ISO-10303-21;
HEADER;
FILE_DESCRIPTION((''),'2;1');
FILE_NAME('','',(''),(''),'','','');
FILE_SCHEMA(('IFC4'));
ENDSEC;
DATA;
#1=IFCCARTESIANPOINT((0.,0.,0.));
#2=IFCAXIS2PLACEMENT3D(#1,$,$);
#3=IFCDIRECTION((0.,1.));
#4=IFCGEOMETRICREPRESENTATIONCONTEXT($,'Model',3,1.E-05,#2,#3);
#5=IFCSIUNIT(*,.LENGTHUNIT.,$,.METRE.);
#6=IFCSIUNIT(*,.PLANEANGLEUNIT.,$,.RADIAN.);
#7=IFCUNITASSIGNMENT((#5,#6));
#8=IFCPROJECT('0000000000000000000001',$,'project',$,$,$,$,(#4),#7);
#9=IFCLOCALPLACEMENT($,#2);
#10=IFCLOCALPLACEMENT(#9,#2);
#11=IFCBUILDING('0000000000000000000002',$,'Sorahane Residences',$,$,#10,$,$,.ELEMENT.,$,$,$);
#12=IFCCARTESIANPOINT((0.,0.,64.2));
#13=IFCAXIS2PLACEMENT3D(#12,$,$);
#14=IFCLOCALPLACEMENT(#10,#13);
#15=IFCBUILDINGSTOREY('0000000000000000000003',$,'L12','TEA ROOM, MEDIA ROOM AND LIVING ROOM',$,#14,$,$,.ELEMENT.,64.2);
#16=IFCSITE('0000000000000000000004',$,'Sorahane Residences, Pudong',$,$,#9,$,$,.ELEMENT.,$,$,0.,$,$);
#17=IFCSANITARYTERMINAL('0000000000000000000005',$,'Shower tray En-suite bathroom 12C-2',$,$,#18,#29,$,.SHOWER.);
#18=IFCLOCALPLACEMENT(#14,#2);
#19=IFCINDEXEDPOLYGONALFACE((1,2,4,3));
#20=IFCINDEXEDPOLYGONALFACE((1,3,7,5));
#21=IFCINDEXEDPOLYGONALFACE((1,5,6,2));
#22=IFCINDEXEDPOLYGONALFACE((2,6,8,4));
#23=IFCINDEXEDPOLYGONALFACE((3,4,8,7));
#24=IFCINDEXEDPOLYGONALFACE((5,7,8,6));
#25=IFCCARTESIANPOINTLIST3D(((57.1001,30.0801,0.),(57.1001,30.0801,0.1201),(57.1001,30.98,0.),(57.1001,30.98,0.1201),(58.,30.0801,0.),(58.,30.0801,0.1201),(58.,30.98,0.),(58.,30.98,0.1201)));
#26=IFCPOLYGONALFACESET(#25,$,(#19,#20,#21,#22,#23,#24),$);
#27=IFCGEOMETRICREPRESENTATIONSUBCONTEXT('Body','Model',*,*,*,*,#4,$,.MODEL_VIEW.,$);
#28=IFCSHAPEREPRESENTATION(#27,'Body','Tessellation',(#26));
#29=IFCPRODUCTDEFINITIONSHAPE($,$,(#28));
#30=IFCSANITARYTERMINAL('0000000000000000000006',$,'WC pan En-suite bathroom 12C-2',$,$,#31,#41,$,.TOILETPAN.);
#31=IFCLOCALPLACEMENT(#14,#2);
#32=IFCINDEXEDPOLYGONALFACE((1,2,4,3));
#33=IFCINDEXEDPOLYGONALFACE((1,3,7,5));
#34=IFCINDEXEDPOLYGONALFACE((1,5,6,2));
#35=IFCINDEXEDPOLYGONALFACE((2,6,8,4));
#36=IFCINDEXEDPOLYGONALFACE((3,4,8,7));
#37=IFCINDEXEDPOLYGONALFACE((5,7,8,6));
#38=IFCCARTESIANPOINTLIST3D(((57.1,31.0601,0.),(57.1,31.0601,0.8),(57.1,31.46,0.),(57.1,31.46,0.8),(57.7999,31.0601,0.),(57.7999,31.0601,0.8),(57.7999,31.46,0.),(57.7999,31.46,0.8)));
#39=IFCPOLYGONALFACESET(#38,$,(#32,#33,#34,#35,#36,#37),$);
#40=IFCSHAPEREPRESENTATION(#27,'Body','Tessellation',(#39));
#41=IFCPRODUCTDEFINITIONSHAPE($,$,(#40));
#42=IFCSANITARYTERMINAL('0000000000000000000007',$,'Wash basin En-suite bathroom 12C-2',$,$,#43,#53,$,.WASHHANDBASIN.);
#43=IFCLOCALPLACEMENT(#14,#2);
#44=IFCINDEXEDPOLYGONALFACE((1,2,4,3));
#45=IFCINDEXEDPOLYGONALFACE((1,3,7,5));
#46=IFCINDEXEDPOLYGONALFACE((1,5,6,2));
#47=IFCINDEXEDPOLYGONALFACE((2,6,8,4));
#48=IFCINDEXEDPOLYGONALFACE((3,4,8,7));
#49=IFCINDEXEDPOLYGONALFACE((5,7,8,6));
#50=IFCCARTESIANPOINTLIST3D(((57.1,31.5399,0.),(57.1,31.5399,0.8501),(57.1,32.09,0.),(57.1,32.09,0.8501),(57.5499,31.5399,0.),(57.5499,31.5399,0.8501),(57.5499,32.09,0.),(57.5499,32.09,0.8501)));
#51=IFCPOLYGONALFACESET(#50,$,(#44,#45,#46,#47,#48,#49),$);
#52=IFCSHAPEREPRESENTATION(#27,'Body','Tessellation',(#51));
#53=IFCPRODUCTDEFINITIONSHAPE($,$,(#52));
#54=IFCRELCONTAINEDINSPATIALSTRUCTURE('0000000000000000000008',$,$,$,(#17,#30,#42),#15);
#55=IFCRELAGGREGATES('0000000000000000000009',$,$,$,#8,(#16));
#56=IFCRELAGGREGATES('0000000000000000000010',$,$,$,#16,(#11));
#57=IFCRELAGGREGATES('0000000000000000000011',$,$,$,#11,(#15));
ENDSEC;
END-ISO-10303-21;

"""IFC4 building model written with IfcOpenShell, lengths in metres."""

from ifc_helpers import new_model, si_unit, direction, frame, origin, origin_2d, place, context, subcontext, project, spatial, rectangle, extrude, element, save


model = new_model("IFC4")

# Units and contexts
model_context = context("Model", 3, precision=1e-05, world=origin(), true_north=direction((0.0, 1.0)))
body_context = subcontext(model_context, "Body", "Model", "MODEL_VIEW")
ifc_project = project(units=[si_unit("LENGTHUNIT", "METRE"), si_unit("PLANEANGLEUNIT", "RADIAN")], contexts=[model_context])

# Site, building, storey
site_placement = place(None, origin())
site = spatial("IfcSite", under=ifc_project, at=site_placement, Name="Sorahane Residences, Pudong", CompositionType="ELEMENT", RefElevation=0.0)
building_placement = place(site_placement, origin())
building = spatial("IfcBuilding", under=site, at=building_placement, Name="Sorahane Residences", CompositionType="ELEMENT")
storey_placement = place(building_placement, frame((0.0, 0.0, 64.2)))
storey = spatial("IfcBuildingStorey", under=building, at=storey_placement, Name="L12", Description="TEA ROOM, MEDIA ROOM AND LIVING ROOM", CompositionType="ELEMENT", Elevation=64.2)

# Sanitary terminals
sanitary_terminal_1_placement = place(storey_placement, frame((57.55, 30.53, 0.0), z_axis=(0.0, 0.0, 1.0), x_axis=(0.0, 1.0, 0.0)))
element("IfcSanitaryTerminal", 1, at=sanitary_terminal_1_placement, inside=storey, Name="Shower tray En-suite bathroom 12C-2", PredefinedType="SHOWER", context=body_context, shape_type="SweptSolid", body=[
    extrude(rectangle(XDim=0.8999, YDim=0.8999, at=origin_2d()), origin(), (0.0, 0.0, 1.0), 0.1201),
])
sanitary_terminal_2_placement = place(storey_placement, frame((57.45, 31.26, 0.0), z_axis=(0.0, 0.0, 1.0), x_axis=(0.0, 1.0, 0.0)))
element("IfcSanitaryTerminal", 2, at=sanitary_terminal_2_placement, inside=storey, Name="WC pan En-suite bathroom 12C-2", PredefinedType="TOILETPAN", context=body_context, shape_type="SweptSolid", body=[
    extrude(rectangle(XDim=0.3999, YDim=0.7, at=origin_2d()), origin(), (0.0, 0.0, 1.0), 0.8),
])
sanitary_terminal_3_placement = place(storey_placement, frame((57.325, 31.8149, 0.0), z_axis=(0.0, 0.0, 1.0), x_axis=(0.0, 1.0, 0.0)))
element("IfcSanitaryTerminal", 3, at=sanitary_terminal_3_placement, inside=storey, Name="Wash basin En-suite bathroom 12C-2", PredefinedType="WASHHANDBASIN", context=body_context, shape_type="SweptSolid", body=[
    extrude(rectangle(XDim=0.55, YDim=0.45, at=origin_2d()), origin(), (0.0, 0.0, 1.0), 0.8501),
])

save(model, "model.ifc")
